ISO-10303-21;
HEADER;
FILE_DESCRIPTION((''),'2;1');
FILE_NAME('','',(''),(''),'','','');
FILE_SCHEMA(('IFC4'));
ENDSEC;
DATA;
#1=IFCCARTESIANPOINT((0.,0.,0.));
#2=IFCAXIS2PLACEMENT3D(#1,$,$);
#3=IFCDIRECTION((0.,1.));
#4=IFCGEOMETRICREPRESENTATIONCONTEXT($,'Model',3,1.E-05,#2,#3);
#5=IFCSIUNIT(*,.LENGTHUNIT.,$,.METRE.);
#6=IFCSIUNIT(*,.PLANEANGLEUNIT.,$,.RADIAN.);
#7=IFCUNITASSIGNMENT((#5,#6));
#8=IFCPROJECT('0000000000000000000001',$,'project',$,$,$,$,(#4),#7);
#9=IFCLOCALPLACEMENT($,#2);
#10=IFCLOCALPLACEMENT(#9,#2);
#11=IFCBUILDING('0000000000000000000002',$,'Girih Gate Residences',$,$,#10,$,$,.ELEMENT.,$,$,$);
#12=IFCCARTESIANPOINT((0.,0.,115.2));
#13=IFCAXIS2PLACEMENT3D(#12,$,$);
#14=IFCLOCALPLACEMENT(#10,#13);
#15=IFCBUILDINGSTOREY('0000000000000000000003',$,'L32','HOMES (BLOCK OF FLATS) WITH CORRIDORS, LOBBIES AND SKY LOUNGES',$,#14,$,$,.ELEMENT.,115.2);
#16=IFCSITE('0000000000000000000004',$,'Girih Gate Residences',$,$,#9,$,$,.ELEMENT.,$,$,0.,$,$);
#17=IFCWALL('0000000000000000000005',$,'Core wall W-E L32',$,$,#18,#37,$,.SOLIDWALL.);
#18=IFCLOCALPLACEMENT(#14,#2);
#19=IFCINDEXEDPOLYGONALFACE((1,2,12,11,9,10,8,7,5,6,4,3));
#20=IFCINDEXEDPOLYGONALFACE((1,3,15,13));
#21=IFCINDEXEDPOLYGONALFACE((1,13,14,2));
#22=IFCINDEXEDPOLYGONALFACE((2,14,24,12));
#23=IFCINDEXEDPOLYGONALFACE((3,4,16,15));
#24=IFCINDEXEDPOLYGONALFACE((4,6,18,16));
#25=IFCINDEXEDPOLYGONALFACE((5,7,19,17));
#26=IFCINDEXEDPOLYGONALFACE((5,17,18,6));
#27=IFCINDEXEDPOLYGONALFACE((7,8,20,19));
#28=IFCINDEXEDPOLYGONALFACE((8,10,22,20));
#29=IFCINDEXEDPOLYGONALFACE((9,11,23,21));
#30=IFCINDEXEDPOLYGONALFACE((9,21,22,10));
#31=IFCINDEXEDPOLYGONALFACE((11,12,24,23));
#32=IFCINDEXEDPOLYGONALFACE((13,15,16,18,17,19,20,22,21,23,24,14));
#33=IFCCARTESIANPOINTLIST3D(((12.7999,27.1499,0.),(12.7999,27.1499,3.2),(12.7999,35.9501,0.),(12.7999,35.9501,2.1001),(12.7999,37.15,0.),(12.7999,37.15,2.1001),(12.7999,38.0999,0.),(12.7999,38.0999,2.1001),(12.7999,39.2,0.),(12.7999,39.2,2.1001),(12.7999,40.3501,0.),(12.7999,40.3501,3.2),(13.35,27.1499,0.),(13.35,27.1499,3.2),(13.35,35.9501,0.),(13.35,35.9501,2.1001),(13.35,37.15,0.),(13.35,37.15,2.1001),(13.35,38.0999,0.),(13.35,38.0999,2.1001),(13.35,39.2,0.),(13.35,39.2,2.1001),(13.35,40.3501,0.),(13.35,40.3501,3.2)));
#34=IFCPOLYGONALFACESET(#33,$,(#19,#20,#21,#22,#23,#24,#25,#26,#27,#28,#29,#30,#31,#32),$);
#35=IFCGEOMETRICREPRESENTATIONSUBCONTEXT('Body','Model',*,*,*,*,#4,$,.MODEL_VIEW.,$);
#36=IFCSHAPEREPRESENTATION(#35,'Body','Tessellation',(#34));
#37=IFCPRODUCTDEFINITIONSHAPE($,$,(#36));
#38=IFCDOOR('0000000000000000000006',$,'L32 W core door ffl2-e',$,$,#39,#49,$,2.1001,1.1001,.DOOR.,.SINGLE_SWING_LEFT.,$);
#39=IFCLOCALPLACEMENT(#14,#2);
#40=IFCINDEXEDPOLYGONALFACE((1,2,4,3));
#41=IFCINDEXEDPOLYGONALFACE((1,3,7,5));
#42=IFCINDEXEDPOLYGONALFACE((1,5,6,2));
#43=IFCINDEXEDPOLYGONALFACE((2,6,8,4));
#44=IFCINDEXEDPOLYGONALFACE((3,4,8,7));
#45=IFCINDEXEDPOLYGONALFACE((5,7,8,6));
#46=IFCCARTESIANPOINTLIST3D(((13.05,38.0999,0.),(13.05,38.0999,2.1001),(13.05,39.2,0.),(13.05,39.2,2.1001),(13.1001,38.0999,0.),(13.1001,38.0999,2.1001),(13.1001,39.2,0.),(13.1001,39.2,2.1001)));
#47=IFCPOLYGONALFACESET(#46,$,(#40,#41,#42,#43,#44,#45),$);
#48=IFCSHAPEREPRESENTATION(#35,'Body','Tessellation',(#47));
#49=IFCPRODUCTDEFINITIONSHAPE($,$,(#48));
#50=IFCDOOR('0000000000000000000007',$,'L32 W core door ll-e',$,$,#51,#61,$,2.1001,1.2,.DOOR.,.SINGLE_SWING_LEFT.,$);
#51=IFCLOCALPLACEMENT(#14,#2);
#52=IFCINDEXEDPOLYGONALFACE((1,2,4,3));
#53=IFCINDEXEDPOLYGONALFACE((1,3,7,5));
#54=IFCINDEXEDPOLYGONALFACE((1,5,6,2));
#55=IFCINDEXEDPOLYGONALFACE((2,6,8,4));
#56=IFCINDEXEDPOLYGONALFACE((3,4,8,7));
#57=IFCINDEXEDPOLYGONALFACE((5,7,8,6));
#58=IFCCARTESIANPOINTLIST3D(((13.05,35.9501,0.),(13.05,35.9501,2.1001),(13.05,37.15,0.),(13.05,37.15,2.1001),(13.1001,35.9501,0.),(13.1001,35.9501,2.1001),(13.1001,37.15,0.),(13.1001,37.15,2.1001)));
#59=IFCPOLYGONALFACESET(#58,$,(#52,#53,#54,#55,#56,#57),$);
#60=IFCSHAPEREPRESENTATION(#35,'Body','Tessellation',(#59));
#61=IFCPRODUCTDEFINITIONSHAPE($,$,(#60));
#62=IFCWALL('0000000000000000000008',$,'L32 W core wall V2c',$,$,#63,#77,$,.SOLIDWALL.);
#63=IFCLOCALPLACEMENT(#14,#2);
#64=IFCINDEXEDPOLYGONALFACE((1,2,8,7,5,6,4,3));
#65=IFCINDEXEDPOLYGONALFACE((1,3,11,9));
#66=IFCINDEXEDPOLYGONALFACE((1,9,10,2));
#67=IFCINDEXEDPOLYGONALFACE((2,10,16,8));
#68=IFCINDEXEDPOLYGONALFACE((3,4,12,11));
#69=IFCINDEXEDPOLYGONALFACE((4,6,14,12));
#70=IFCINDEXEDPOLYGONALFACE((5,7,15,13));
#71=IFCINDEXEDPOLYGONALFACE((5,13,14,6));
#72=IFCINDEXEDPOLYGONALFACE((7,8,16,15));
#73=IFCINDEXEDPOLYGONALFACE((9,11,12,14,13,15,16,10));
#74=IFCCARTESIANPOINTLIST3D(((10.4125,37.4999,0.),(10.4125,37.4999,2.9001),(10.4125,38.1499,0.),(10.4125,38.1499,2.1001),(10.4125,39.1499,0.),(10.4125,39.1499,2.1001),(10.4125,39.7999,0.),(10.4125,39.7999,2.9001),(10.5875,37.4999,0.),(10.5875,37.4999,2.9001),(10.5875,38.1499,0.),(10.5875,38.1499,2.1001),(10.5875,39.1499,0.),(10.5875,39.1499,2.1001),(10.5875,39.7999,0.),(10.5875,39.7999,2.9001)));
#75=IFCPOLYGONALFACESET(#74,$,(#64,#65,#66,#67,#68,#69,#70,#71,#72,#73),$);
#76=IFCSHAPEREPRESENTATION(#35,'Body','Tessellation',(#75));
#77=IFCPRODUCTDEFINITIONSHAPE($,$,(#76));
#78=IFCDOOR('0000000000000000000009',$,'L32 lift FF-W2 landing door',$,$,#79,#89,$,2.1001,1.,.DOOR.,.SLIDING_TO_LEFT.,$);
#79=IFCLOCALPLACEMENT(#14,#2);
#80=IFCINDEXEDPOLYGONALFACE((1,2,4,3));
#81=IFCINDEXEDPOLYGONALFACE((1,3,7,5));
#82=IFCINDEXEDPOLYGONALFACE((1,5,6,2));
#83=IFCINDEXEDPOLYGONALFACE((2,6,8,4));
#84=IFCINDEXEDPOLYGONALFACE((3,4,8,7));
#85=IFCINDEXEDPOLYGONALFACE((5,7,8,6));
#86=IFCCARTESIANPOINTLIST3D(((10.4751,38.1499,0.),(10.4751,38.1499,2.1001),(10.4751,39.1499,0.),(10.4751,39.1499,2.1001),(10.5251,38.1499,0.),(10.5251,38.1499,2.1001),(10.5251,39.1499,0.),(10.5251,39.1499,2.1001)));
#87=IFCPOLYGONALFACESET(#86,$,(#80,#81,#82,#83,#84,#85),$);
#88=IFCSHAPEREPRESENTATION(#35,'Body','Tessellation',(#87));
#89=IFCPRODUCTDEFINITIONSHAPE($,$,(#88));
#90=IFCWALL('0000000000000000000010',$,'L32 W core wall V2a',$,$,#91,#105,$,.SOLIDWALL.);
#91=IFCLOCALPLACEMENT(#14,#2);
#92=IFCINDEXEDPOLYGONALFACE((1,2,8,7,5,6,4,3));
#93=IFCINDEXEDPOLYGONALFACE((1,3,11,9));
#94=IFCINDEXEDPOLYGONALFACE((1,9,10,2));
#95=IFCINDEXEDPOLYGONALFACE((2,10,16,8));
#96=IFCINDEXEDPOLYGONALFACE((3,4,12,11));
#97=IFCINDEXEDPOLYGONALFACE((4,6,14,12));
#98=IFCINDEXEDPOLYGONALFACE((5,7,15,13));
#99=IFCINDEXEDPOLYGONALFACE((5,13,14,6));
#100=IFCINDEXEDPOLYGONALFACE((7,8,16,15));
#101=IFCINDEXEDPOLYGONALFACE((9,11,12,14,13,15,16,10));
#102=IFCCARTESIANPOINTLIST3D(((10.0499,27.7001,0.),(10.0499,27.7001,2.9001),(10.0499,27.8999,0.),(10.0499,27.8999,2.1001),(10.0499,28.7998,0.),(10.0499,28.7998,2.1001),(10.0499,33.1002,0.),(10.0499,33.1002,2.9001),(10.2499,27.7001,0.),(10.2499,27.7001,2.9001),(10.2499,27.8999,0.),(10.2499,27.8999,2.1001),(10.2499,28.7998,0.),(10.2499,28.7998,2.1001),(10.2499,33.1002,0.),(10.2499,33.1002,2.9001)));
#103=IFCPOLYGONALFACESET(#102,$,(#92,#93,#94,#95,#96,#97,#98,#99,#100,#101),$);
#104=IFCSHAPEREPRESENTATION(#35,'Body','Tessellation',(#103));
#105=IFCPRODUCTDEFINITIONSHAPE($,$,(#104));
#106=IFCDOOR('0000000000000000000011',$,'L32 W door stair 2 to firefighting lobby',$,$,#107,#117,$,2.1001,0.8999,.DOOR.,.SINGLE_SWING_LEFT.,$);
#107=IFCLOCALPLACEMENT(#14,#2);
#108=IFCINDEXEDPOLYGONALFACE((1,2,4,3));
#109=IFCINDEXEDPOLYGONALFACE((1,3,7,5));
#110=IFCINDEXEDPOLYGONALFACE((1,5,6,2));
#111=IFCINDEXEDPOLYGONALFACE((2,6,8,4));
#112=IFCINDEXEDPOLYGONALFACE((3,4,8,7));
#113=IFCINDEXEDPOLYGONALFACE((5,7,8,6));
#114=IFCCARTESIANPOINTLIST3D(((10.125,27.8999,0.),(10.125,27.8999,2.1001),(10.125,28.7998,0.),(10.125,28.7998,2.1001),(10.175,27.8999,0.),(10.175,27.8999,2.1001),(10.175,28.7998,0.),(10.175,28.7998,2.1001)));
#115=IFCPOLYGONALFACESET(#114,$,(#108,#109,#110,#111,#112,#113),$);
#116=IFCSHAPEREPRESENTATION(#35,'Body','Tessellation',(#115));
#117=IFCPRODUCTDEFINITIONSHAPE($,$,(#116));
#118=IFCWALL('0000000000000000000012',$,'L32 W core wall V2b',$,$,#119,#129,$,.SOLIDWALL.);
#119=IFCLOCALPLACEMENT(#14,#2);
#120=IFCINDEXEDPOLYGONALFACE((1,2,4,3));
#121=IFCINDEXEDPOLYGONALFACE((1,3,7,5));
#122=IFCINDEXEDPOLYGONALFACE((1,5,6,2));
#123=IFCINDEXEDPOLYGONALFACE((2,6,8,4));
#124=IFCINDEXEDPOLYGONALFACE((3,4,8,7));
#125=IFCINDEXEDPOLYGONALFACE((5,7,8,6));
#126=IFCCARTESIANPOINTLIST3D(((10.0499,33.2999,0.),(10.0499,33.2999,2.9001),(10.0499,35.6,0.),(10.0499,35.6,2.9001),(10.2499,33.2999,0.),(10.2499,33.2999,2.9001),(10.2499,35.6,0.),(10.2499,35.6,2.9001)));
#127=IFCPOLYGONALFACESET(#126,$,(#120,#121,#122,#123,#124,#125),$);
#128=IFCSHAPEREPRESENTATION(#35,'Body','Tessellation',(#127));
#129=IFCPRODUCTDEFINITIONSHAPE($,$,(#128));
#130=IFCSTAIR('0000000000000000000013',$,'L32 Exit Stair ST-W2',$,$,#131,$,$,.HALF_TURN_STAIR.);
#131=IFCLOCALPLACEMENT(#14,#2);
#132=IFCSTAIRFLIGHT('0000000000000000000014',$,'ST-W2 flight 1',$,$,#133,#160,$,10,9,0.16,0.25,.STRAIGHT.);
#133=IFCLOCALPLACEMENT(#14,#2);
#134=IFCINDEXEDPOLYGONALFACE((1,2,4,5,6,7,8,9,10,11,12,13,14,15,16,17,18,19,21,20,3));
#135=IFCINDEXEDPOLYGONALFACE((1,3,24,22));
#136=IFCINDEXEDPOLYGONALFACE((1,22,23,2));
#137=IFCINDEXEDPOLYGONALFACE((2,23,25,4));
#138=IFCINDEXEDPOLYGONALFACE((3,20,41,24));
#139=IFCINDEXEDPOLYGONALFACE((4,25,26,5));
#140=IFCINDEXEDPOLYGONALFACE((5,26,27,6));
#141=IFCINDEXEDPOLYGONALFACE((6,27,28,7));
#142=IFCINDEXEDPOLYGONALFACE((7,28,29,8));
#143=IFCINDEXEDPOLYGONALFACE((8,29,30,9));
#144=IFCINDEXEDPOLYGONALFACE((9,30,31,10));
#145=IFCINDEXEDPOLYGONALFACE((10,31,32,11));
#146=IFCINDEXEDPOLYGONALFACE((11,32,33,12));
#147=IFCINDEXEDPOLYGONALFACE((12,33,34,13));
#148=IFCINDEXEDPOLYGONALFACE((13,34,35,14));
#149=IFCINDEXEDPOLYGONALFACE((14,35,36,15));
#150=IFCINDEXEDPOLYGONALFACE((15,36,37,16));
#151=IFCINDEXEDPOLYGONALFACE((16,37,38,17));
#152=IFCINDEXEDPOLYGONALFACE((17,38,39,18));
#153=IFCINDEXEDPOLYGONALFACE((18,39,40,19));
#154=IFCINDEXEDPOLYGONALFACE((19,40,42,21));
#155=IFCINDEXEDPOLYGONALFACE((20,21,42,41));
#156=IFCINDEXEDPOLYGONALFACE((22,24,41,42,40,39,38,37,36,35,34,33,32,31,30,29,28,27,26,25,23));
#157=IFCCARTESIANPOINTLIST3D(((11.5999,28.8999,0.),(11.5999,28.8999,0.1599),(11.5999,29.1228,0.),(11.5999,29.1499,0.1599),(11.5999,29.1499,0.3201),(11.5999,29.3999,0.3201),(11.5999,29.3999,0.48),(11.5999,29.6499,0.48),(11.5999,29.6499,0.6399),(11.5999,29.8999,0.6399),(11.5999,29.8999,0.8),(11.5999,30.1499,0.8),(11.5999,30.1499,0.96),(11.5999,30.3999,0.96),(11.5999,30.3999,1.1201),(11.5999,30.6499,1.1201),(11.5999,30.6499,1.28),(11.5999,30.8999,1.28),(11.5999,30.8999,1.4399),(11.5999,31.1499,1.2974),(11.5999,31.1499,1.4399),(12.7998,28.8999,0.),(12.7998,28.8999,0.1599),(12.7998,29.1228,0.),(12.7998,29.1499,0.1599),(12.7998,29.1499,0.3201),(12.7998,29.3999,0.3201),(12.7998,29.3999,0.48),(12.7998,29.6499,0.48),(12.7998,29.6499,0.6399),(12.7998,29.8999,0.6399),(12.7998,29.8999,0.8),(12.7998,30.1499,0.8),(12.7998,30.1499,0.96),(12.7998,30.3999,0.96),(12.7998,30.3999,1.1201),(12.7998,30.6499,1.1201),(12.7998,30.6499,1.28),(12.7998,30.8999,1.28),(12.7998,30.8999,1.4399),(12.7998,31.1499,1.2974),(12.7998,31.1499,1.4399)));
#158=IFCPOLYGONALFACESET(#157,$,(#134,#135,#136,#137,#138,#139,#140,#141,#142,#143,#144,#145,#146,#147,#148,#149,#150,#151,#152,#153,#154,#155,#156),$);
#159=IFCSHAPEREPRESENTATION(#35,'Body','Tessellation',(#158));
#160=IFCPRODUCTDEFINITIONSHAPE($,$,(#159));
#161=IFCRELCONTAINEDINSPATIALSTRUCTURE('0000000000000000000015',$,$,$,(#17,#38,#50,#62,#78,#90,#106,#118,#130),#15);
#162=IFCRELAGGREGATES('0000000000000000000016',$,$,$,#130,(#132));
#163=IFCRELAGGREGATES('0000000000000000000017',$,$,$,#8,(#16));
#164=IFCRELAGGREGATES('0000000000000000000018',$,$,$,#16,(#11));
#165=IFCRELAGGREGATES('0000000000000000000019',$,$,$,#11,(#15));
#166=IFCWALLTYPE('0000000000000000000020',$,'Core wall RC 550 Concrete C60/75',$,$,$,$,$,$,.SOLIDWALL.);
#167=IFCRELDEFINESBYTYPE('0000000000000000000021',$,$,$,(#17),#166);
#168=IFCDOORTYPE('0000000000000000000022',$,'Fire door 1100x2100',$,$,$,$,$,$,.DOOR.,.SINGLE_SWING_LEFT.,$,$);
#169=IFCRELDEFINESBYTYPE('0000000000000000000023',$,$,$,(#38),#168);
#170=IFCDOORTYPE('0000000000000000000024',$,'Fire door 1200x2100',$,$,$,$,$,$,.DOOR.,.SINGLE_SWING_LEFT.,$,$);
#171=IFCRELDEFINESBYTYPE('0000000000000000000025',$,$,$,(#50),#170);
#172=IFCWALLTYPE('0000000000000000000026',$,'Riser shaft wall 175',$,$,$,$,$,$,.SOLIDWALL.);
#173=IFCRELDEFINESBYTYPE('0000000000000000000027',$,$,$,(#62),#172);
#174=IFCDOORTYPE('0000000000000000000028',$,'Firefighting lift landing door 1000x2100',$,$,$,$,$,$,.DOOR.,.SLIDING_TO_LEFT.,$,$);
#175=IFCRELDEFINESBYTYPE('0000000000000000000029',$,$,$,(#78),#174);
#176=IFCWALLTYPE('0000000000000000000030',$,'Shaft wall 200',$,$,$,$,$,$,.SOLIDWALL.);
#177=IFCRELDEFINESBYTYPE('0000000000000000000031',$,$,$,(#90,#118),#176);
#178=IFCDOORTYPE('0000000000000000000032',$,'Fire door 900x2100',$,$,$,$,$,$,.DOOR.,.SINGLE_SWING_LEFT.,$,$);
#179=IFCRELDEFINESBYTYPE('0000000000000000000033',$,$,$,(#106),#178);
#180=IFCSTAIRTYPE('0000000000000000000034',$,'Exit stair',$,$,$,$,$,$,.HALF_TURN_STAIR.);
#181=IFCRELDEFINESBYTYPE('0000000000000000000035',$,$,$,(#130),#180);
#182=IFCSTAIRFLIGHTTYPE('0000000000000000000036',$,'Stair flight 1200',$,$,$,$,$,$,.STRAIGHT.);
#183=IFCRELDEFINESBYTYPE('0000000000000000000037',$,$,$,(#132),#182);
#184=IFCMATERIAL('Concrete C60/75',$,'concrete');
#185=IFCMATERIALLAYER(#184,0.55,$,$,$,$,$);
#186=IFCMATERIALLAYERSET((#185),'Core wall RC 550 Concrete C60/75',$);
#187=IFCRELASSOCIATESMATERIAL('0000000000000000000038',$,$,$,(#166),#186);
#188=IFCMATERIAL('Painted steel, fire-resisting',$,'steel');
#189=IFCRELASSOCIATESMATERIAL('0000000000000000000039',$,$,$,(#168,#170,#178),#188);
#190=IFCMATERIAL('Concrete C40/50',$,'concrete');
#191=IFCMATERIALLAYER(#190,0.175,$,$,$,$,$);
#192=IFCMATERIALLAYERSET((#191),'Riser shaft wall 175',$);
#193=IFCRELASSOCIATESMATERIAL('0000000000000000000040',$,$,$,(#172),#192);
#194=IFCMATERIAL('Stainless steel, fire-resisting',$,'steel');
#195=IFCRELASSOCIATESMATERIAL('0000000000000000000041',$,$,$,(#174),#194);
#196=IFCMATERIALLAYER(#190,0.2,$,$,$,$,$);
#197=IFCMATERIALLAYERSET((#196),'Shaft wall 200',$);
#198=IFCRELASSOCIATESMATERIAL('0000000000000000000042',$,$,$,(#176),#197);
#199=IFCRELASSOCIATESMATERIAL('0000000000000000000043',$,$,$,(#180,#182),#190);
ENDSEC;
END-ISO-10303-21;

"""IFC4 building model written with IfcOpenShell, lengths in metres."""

from ifc_helpers import new_model, si_unit, direction, frame, frame_2d, origin, place, context, subcontext, project, spatial, polyline, rectangle, outline, extrude, material, layer, layer_set, type_object, element, fill, aggregate, save


model = new_model("IFC4")

# Units and contexts
model_context = context("Model", 3, precision=1e-05, world=origin(), true_north=direction((0.0, 1.0)))
body_context = subcontext(model_context, "Body", "Model", "MODEL_VIEW")
ifc_project = project(units=[si_unit("LENGTHUNIT", "METRE"), si_unit("PLANEANGLEUNIT", "RADIAN")], contexts=[model_context])

# Site, building, storey
site_placement = place(None, origin())
site = spatial("IfcSite", under=ifc_project, at=site_placement, Name="Girih Gate Residences", CompositionType="ELEMENT", RefElevation=0.0)
building_placement = place(site_placement, origin())
building = spatial("IfcBuilding", under=site, at=building_placement, Name="Girih Gate Residences", CompositionType="ELEMENT")
storey_placement = place(building_placement, frame((0.0, 0.0, 115.2)))
storey = spatial("IfcBuildingStorey", under=building, at=storey_placement, Name="L32", Description="HOMES (BLOCK OF FLATS) WITH CORRIDORS, LOBBIES AND SKY LOUNGES", CompositionType="ELEMENT", Elevation=115.2)

# Shared definitions
ifc_material_1 = material(Name="Concrete C60/75", Category="concrete")

# Wall, openings, doors
ifc_layer_1 = layer(ifc_material_1, 0.55)
ifc_layer_set_1 = layer_set([ifc_layer_1], Name="Core wall RC 550 Concrete C60/75")
wall_type_1 = type_object("IfcWallType", Name="Core wall RC 550 Concrete C60/75", PredefinedType="SOLIDWALL", material=ifc_layer_set_1)
wall_1_placement = place(storey_placement, frame((13.075, 27.1499, 0.0), z_axis=(0.0, 0.0, 1.0), x_axis=(0.0, 1.0, 0.0)))
wall_1 = element("IfcWall", 1, at=wall_1_placement, inside=storey, type_object=wall_type_1, Name="Core wall W-E L32", PredefinedType="SOLIDWALL", context=body_context, shape_type="SweptSolid", body=[
    extrude(rectangle(XDim=13.2002, YDim=0.55, at=frame_2d((6.6001, 0.0))), origin(), (0.0, 0.0, 1.0), 3.2),
])
opening_1_placement = place(wall_1_placement, frame((10.95, 0.0, 0.0)))
opening_1 = element("IfcOpeningElement", 2, at=opening_1_placement, cuts=wall_1, PredefinedType="OPENING", context=body_context, shape_type="SweptSolid", body=[
    extrude(rectangle(XDim=1.1001, YDim=2.1001, at=frame_2d((0.55, 1.05))), frame((0.0, 0.2849, 0.0), z_axis=(0.0, -1.0, 0.0), x_axis=(1.0, 0.0, 0.0)), (0.0, 0.0, 1.0), 0.5701),
])
opening_2_placement = place(wall_1_placement, frame((8.8, 0.0, 0.0)))
opening_2 = element("IfcOpeningElement", 3, at=opening_2_placement, cuts=wall_1, PredefinedType="OPENING", context=body_context, shape_type="SweptSolid", body=[
    extrude(rectangle(XDim=1.2, YDim=2.1001, at=frame_2d((0.6001, 1.05))), frame((0.0, 0.2849, 0.0), z_axis=(0.0, -1.0, 0.0), x_axis=(1.0, 0.0, 0.0)), (0.0, 0.0, 1.0), 0.5701),
])
ifc_material_2 = material(Name="Painted steel, fire-resisting", Category="steel")
door_type_1 = type_object("IfcDoorType", Name="Fire door 1100x2100", OperationType="SINGLE_SWING_LEFT", PredefinedType="DOOR", material=ifc_material_2)
door_1_placement = place(opening_1_placement, origin())
door_1 = element("IfcDoor", 4, at=door_1_placement, inside=storey, type_object=door_type_1, Name="L32 W core door ffl2-e", OperationType="SINGLE_SWING_LEFT", OverallHeight=2.1001, OverallWidth=1.1001, PredefinedType="DOOR", context=body_context, shape_type="SweptSolid", body=[
    extrude(rectangle(XDim=1.1001, YDim=2.1001, at=frame_2d((0.55, 1.05))), frame((0.0, 0.0249, 0.0), z_axis=(0.0, -1.0, 0.0), x_axis=(1.0, 0.0, 0.0)), (0.0, 0.0, 1.0), 0.05),
])
fill(opening_1, door_1)
door_type_2 = type_object("IfcDoorType", Name="Fire door 1200x2100", OperationType="SINGLE_SWING_LEFT", PredefinedType="DOOR", material=ifc_material_2)
door_2_placement = place(opening_2_placement, origin())
door_2 = element("IfcDoor", 5, at=door_2_placement, inside=storey, type_object=door_type_2, Name="L32 W core door ll-e", OperationType="SINGLE_SWING_LEFT", OverallHeight=2.1001, OverallWidth=1.2, PredefinedType="DOOR", context=body_context, shape_type="SweptSolid", body=[
    extrude(rectangle(XDim=1.2, YDim=2.1001, at=frame_2d((0.6001, 1.05))), frame((0.0, 0.0249, 0.0), z_axis=(0.0, -1.0, 0.0), x_axis=(1.0, 0.0, 0.0)), (0.0, 0.0, 1.0), 0.05),
])
fill(opening_2, door_2)

# Walls, openings, doors
ifc_material_3 = material(Name="Concrete C40/50", Category="concrete")
ifc_layer_2 = layer(ifc_material_3, 0.175)
ifc_layer_set_2 = layer_set([ifc_layer_2], Name="Riser shaft wall 175")
wall_type_2 = type_object("IfcWallType", Name="Riser shaft wall 175", PredefinedType="SOLIDWALL", material=ifc_layer_set_2)
wall_2_placement = place(storey_placement, frame((10.5, 37.5, 0.0), z_axis=(0.0, 0.0, 1.0), x_axis=(0.0, 1.0, 0.0)))
wall_2 = element("IfcWall", 6, at=wall_2_placement, inside=storey, type_object=wall_type_2, Name="L32 W core wall V2c", PredefinedType="SOLIDWALL", context=body_context, shape_type="SweptSolid", body=[
    extrude(rectangle(XDim=2.3, YDim=0.175, at=frame_2d((1.1499, 0.0))), origin(), (0.0, 0.0, 1.0), 2.9001),
])
opening_3_placement = place(wall_2_placement, frame((0.6499, 0.0, 0.0)))
opening_3 = element("IfcOpeningElement", 7, at=opening_3_placement, cuts=wall_2, PredefinedType="OPENING", context=body_context, shape_type="SweptSolid", body=[
    extrude(rectangle(XDim=1.0, YDim=2.1001, at=frame_2d((0.5, 1.05))), frame((0.0, 0.0974, 0.0), z_axis=(0.0, -1.0, 0.0), x_axis=(1.0, 0.0, 0.0)), (0.0, 0.0, 1.0), 0.1951),
])
ifc_material_4 = material(Name="Stainless steel, fire-resisting", Category="steel")
door_type_3 = type_object("IfcDoorType", Name="Firefighting lift landing door 1000x2100", OperationType="SLIDING_TO_LEFT", PredefinedType="DOOR", material=ifc_material_4)
door_3_placement = place(opening_3_placement, origin())
door_3 = element("IfcDoor", 8, at=door_3_placement, inside=storey, type_object=door_type_3, Name="L32 lift FF-W2 landing door", OperationType="SLIDING_TO_LEFT", OverallHeight=2.1001, OverallWidth=1.0, PredefinedType="DOOR", context=body_context, shape_type="SweptSolid", body=[
    extrude(rectangle(XDim=1.0, YDim=2.1001, at=frame_2d((0.5, 1.05))), frame((0.0, 0.0249, 0.0), z_axis=(0.0, -1.0, 0.0), x_axis=(1.0, 0.0, 0.0)), (0.0, 0.0, 1.0), 0.05),
])
fill(opening_3, door_3)
ifc_layer_3 = layer(ifc_material_3, 0.2)
ifc_layer_set_3 = layer_set([ifc_layer_3], Name="Shaft wall 200")
wall_type_3 = type_object("IfcWallType", Name="Shaft wall 200", PredefinedType="SOLIDWALL", material=ifc_layer_set_3)
wall_3_placement = place(storey_placement, frame((10.1499, 27.7, 0.0), z_axis=(0.0, 0.0, 1.0), x_axis=(0.0, 1.0, 0.0)))
wall_3 = element("IfcWall", 9, at=wall_3_placement, inside=storey, type_object=wall_type_3, Name="L32 W core wall V2a", PredefinedType="SOLIDWALL", context=body_context, shape_type="SweptSolid", body=[
    extrude(rectangle(XDim=5.4001, YDim=0.2, at=frame_2d((2.7002, 0.0))), origin(), (0.0, 0.0, 1.0), 2.9001),
])
opening_4_placement = place(wall_3_placement, frame((0.2, 0.0, 0.0)))
opening_4 = element("IfcOpeningElement", 10, at=opening_4_placement, cuts=wall_3, PredefinedType="OPENING", context=body_context, shape_type="SweptSolid", body=[
    extrude(rectangle(XDim=0.8999, YDim=2.1001, at=frame_2d((0.45, 1.05))), frame((0.0, 0.1099, 0.0), z_axis=(0.0, -1.0, 0.0), x_axis=(1.0, 0.0, 0.0)), (0.0, 0.0, 1.0), 0.22),
])
door_type_4 = type_object("IfcDoorType", Name="Fire door 900x2100", OperationType="SINGLE_SWING_LEFT", PredefinedType="DOOR", material=ifc_material_2)
door_4_placement = place(opening_4_placement, origin())
door_4 = element("IfcDoor", 11, at=door_4_placement, inside=storey, type_object=door_type_4, Name="L32 W door stair 2 to firefighting lobby", OperationType="SINGLE_SWING_LEFT", OverallHeight=2.1001, OverallWidth=0.8999, PredefinedType="DOOR", context=body_context, shape_type="SweptSolid", body=[
    extrude(rectangle(XDim=0.8999, YDim=2.1001, at=frame_2d((0.45, 1.05))), frame((0.0, 0.0249, 0.0), z_axis=(0.0, -1.0, 0.0), x_axis=(1.0, 0.0, 0.0)), (0.0, 0.0, 1.0), 0.05),
])
fill(opening_4, door_4)

# Wall
wall_4_placement = place(storey_placement, frame((10.1499, 33.3, 0.0), z_axis=(0.0, 0.0, 1.0), x_axis=(0.0, 1.0, 0.0)))
element("IfcWall", 12, at=wall_4_placement, inside=storey, type_object=wall_type_3, Name="L32 W core wall V2b", PredefinedType="SOLIDWALL", context=body_context, shape_type="SweptSolid", body=[
    extrude(rectangle(XDim=2.3, YDim=0.2, at=frame_2d((1.1499, 0.0))), origin(), (0.0, 0.0, 1.0), 2.9001),
])

# Stair, stair flight
stair_type = type_object("IfcStairType", Name="Exit stair", PredefinedType="HALF_TURN_STAIR", material=ifc_material_3)
stair_placement = place(storey_placement, origin())
stair = element("IfcStair", 13, at=stair_placement, inside=storey, type_object=stair_type, Name="L32 Exit Stair ST-W2", PredefinedType="HALF_TURN_STAIR")
stair_flight_type = type_object("IfcStairFlightType", Name="Stair flight 1200", PredefinedType="STRAIGHT", material=ifc_material_3)
stair_flight_1_placement = place(storey_placement, frame((12.2, 28.8999, 0.0), z_axis=(0.0, 0.0, 1.0), x_axis=(0.0, 1.0, 0.0)))
stair_flight_1 = element("IfcStairFlight", 14, at=stair_flight_1_placement, type_object=stair_flight_type, Name="ST-W2 flight 1", NumberOfRisers=10, NumberOfTreads=9, PredefinedType="STRAIGHT", RiserHeight=0.16, TreadLength=0.25, context=body_context, shape_type="SweptSolid", body=[
    extrude(outline(polyline([(0.0, 0.0), (0.0, 0.1599), (0.25, 0.1599), (0.25, 0.3201), (0.5, 0.3201), (0.5, 0.48), (0.75, 0.48), (0.75, 0.6399), (1.0, 0.6399), (1.0, 0.8), (1.25, 0.8), (1.25, 0.96), (1.5, 0.96), (1.5, 1.1201), (1.75, 1.1201), (1.75, 1.28), (2.0, 1.28), (2.0, 1.4399), (2.25, 1.4399), (2.25, 1.6001), (2.25, 1.2974), (0.2229, 0.0), (0.0, 0.0)])), frame((0.0, 0.6001, 0.0), z_axis=(0.0, -1.0, 0.0), x_axis=(1.0, 0.0, 0.0)), (0.0, 0.0, 1.0), 1.2),
])
aggregate(stair, [stair_flight_1])

save(model, "model.ifc")
